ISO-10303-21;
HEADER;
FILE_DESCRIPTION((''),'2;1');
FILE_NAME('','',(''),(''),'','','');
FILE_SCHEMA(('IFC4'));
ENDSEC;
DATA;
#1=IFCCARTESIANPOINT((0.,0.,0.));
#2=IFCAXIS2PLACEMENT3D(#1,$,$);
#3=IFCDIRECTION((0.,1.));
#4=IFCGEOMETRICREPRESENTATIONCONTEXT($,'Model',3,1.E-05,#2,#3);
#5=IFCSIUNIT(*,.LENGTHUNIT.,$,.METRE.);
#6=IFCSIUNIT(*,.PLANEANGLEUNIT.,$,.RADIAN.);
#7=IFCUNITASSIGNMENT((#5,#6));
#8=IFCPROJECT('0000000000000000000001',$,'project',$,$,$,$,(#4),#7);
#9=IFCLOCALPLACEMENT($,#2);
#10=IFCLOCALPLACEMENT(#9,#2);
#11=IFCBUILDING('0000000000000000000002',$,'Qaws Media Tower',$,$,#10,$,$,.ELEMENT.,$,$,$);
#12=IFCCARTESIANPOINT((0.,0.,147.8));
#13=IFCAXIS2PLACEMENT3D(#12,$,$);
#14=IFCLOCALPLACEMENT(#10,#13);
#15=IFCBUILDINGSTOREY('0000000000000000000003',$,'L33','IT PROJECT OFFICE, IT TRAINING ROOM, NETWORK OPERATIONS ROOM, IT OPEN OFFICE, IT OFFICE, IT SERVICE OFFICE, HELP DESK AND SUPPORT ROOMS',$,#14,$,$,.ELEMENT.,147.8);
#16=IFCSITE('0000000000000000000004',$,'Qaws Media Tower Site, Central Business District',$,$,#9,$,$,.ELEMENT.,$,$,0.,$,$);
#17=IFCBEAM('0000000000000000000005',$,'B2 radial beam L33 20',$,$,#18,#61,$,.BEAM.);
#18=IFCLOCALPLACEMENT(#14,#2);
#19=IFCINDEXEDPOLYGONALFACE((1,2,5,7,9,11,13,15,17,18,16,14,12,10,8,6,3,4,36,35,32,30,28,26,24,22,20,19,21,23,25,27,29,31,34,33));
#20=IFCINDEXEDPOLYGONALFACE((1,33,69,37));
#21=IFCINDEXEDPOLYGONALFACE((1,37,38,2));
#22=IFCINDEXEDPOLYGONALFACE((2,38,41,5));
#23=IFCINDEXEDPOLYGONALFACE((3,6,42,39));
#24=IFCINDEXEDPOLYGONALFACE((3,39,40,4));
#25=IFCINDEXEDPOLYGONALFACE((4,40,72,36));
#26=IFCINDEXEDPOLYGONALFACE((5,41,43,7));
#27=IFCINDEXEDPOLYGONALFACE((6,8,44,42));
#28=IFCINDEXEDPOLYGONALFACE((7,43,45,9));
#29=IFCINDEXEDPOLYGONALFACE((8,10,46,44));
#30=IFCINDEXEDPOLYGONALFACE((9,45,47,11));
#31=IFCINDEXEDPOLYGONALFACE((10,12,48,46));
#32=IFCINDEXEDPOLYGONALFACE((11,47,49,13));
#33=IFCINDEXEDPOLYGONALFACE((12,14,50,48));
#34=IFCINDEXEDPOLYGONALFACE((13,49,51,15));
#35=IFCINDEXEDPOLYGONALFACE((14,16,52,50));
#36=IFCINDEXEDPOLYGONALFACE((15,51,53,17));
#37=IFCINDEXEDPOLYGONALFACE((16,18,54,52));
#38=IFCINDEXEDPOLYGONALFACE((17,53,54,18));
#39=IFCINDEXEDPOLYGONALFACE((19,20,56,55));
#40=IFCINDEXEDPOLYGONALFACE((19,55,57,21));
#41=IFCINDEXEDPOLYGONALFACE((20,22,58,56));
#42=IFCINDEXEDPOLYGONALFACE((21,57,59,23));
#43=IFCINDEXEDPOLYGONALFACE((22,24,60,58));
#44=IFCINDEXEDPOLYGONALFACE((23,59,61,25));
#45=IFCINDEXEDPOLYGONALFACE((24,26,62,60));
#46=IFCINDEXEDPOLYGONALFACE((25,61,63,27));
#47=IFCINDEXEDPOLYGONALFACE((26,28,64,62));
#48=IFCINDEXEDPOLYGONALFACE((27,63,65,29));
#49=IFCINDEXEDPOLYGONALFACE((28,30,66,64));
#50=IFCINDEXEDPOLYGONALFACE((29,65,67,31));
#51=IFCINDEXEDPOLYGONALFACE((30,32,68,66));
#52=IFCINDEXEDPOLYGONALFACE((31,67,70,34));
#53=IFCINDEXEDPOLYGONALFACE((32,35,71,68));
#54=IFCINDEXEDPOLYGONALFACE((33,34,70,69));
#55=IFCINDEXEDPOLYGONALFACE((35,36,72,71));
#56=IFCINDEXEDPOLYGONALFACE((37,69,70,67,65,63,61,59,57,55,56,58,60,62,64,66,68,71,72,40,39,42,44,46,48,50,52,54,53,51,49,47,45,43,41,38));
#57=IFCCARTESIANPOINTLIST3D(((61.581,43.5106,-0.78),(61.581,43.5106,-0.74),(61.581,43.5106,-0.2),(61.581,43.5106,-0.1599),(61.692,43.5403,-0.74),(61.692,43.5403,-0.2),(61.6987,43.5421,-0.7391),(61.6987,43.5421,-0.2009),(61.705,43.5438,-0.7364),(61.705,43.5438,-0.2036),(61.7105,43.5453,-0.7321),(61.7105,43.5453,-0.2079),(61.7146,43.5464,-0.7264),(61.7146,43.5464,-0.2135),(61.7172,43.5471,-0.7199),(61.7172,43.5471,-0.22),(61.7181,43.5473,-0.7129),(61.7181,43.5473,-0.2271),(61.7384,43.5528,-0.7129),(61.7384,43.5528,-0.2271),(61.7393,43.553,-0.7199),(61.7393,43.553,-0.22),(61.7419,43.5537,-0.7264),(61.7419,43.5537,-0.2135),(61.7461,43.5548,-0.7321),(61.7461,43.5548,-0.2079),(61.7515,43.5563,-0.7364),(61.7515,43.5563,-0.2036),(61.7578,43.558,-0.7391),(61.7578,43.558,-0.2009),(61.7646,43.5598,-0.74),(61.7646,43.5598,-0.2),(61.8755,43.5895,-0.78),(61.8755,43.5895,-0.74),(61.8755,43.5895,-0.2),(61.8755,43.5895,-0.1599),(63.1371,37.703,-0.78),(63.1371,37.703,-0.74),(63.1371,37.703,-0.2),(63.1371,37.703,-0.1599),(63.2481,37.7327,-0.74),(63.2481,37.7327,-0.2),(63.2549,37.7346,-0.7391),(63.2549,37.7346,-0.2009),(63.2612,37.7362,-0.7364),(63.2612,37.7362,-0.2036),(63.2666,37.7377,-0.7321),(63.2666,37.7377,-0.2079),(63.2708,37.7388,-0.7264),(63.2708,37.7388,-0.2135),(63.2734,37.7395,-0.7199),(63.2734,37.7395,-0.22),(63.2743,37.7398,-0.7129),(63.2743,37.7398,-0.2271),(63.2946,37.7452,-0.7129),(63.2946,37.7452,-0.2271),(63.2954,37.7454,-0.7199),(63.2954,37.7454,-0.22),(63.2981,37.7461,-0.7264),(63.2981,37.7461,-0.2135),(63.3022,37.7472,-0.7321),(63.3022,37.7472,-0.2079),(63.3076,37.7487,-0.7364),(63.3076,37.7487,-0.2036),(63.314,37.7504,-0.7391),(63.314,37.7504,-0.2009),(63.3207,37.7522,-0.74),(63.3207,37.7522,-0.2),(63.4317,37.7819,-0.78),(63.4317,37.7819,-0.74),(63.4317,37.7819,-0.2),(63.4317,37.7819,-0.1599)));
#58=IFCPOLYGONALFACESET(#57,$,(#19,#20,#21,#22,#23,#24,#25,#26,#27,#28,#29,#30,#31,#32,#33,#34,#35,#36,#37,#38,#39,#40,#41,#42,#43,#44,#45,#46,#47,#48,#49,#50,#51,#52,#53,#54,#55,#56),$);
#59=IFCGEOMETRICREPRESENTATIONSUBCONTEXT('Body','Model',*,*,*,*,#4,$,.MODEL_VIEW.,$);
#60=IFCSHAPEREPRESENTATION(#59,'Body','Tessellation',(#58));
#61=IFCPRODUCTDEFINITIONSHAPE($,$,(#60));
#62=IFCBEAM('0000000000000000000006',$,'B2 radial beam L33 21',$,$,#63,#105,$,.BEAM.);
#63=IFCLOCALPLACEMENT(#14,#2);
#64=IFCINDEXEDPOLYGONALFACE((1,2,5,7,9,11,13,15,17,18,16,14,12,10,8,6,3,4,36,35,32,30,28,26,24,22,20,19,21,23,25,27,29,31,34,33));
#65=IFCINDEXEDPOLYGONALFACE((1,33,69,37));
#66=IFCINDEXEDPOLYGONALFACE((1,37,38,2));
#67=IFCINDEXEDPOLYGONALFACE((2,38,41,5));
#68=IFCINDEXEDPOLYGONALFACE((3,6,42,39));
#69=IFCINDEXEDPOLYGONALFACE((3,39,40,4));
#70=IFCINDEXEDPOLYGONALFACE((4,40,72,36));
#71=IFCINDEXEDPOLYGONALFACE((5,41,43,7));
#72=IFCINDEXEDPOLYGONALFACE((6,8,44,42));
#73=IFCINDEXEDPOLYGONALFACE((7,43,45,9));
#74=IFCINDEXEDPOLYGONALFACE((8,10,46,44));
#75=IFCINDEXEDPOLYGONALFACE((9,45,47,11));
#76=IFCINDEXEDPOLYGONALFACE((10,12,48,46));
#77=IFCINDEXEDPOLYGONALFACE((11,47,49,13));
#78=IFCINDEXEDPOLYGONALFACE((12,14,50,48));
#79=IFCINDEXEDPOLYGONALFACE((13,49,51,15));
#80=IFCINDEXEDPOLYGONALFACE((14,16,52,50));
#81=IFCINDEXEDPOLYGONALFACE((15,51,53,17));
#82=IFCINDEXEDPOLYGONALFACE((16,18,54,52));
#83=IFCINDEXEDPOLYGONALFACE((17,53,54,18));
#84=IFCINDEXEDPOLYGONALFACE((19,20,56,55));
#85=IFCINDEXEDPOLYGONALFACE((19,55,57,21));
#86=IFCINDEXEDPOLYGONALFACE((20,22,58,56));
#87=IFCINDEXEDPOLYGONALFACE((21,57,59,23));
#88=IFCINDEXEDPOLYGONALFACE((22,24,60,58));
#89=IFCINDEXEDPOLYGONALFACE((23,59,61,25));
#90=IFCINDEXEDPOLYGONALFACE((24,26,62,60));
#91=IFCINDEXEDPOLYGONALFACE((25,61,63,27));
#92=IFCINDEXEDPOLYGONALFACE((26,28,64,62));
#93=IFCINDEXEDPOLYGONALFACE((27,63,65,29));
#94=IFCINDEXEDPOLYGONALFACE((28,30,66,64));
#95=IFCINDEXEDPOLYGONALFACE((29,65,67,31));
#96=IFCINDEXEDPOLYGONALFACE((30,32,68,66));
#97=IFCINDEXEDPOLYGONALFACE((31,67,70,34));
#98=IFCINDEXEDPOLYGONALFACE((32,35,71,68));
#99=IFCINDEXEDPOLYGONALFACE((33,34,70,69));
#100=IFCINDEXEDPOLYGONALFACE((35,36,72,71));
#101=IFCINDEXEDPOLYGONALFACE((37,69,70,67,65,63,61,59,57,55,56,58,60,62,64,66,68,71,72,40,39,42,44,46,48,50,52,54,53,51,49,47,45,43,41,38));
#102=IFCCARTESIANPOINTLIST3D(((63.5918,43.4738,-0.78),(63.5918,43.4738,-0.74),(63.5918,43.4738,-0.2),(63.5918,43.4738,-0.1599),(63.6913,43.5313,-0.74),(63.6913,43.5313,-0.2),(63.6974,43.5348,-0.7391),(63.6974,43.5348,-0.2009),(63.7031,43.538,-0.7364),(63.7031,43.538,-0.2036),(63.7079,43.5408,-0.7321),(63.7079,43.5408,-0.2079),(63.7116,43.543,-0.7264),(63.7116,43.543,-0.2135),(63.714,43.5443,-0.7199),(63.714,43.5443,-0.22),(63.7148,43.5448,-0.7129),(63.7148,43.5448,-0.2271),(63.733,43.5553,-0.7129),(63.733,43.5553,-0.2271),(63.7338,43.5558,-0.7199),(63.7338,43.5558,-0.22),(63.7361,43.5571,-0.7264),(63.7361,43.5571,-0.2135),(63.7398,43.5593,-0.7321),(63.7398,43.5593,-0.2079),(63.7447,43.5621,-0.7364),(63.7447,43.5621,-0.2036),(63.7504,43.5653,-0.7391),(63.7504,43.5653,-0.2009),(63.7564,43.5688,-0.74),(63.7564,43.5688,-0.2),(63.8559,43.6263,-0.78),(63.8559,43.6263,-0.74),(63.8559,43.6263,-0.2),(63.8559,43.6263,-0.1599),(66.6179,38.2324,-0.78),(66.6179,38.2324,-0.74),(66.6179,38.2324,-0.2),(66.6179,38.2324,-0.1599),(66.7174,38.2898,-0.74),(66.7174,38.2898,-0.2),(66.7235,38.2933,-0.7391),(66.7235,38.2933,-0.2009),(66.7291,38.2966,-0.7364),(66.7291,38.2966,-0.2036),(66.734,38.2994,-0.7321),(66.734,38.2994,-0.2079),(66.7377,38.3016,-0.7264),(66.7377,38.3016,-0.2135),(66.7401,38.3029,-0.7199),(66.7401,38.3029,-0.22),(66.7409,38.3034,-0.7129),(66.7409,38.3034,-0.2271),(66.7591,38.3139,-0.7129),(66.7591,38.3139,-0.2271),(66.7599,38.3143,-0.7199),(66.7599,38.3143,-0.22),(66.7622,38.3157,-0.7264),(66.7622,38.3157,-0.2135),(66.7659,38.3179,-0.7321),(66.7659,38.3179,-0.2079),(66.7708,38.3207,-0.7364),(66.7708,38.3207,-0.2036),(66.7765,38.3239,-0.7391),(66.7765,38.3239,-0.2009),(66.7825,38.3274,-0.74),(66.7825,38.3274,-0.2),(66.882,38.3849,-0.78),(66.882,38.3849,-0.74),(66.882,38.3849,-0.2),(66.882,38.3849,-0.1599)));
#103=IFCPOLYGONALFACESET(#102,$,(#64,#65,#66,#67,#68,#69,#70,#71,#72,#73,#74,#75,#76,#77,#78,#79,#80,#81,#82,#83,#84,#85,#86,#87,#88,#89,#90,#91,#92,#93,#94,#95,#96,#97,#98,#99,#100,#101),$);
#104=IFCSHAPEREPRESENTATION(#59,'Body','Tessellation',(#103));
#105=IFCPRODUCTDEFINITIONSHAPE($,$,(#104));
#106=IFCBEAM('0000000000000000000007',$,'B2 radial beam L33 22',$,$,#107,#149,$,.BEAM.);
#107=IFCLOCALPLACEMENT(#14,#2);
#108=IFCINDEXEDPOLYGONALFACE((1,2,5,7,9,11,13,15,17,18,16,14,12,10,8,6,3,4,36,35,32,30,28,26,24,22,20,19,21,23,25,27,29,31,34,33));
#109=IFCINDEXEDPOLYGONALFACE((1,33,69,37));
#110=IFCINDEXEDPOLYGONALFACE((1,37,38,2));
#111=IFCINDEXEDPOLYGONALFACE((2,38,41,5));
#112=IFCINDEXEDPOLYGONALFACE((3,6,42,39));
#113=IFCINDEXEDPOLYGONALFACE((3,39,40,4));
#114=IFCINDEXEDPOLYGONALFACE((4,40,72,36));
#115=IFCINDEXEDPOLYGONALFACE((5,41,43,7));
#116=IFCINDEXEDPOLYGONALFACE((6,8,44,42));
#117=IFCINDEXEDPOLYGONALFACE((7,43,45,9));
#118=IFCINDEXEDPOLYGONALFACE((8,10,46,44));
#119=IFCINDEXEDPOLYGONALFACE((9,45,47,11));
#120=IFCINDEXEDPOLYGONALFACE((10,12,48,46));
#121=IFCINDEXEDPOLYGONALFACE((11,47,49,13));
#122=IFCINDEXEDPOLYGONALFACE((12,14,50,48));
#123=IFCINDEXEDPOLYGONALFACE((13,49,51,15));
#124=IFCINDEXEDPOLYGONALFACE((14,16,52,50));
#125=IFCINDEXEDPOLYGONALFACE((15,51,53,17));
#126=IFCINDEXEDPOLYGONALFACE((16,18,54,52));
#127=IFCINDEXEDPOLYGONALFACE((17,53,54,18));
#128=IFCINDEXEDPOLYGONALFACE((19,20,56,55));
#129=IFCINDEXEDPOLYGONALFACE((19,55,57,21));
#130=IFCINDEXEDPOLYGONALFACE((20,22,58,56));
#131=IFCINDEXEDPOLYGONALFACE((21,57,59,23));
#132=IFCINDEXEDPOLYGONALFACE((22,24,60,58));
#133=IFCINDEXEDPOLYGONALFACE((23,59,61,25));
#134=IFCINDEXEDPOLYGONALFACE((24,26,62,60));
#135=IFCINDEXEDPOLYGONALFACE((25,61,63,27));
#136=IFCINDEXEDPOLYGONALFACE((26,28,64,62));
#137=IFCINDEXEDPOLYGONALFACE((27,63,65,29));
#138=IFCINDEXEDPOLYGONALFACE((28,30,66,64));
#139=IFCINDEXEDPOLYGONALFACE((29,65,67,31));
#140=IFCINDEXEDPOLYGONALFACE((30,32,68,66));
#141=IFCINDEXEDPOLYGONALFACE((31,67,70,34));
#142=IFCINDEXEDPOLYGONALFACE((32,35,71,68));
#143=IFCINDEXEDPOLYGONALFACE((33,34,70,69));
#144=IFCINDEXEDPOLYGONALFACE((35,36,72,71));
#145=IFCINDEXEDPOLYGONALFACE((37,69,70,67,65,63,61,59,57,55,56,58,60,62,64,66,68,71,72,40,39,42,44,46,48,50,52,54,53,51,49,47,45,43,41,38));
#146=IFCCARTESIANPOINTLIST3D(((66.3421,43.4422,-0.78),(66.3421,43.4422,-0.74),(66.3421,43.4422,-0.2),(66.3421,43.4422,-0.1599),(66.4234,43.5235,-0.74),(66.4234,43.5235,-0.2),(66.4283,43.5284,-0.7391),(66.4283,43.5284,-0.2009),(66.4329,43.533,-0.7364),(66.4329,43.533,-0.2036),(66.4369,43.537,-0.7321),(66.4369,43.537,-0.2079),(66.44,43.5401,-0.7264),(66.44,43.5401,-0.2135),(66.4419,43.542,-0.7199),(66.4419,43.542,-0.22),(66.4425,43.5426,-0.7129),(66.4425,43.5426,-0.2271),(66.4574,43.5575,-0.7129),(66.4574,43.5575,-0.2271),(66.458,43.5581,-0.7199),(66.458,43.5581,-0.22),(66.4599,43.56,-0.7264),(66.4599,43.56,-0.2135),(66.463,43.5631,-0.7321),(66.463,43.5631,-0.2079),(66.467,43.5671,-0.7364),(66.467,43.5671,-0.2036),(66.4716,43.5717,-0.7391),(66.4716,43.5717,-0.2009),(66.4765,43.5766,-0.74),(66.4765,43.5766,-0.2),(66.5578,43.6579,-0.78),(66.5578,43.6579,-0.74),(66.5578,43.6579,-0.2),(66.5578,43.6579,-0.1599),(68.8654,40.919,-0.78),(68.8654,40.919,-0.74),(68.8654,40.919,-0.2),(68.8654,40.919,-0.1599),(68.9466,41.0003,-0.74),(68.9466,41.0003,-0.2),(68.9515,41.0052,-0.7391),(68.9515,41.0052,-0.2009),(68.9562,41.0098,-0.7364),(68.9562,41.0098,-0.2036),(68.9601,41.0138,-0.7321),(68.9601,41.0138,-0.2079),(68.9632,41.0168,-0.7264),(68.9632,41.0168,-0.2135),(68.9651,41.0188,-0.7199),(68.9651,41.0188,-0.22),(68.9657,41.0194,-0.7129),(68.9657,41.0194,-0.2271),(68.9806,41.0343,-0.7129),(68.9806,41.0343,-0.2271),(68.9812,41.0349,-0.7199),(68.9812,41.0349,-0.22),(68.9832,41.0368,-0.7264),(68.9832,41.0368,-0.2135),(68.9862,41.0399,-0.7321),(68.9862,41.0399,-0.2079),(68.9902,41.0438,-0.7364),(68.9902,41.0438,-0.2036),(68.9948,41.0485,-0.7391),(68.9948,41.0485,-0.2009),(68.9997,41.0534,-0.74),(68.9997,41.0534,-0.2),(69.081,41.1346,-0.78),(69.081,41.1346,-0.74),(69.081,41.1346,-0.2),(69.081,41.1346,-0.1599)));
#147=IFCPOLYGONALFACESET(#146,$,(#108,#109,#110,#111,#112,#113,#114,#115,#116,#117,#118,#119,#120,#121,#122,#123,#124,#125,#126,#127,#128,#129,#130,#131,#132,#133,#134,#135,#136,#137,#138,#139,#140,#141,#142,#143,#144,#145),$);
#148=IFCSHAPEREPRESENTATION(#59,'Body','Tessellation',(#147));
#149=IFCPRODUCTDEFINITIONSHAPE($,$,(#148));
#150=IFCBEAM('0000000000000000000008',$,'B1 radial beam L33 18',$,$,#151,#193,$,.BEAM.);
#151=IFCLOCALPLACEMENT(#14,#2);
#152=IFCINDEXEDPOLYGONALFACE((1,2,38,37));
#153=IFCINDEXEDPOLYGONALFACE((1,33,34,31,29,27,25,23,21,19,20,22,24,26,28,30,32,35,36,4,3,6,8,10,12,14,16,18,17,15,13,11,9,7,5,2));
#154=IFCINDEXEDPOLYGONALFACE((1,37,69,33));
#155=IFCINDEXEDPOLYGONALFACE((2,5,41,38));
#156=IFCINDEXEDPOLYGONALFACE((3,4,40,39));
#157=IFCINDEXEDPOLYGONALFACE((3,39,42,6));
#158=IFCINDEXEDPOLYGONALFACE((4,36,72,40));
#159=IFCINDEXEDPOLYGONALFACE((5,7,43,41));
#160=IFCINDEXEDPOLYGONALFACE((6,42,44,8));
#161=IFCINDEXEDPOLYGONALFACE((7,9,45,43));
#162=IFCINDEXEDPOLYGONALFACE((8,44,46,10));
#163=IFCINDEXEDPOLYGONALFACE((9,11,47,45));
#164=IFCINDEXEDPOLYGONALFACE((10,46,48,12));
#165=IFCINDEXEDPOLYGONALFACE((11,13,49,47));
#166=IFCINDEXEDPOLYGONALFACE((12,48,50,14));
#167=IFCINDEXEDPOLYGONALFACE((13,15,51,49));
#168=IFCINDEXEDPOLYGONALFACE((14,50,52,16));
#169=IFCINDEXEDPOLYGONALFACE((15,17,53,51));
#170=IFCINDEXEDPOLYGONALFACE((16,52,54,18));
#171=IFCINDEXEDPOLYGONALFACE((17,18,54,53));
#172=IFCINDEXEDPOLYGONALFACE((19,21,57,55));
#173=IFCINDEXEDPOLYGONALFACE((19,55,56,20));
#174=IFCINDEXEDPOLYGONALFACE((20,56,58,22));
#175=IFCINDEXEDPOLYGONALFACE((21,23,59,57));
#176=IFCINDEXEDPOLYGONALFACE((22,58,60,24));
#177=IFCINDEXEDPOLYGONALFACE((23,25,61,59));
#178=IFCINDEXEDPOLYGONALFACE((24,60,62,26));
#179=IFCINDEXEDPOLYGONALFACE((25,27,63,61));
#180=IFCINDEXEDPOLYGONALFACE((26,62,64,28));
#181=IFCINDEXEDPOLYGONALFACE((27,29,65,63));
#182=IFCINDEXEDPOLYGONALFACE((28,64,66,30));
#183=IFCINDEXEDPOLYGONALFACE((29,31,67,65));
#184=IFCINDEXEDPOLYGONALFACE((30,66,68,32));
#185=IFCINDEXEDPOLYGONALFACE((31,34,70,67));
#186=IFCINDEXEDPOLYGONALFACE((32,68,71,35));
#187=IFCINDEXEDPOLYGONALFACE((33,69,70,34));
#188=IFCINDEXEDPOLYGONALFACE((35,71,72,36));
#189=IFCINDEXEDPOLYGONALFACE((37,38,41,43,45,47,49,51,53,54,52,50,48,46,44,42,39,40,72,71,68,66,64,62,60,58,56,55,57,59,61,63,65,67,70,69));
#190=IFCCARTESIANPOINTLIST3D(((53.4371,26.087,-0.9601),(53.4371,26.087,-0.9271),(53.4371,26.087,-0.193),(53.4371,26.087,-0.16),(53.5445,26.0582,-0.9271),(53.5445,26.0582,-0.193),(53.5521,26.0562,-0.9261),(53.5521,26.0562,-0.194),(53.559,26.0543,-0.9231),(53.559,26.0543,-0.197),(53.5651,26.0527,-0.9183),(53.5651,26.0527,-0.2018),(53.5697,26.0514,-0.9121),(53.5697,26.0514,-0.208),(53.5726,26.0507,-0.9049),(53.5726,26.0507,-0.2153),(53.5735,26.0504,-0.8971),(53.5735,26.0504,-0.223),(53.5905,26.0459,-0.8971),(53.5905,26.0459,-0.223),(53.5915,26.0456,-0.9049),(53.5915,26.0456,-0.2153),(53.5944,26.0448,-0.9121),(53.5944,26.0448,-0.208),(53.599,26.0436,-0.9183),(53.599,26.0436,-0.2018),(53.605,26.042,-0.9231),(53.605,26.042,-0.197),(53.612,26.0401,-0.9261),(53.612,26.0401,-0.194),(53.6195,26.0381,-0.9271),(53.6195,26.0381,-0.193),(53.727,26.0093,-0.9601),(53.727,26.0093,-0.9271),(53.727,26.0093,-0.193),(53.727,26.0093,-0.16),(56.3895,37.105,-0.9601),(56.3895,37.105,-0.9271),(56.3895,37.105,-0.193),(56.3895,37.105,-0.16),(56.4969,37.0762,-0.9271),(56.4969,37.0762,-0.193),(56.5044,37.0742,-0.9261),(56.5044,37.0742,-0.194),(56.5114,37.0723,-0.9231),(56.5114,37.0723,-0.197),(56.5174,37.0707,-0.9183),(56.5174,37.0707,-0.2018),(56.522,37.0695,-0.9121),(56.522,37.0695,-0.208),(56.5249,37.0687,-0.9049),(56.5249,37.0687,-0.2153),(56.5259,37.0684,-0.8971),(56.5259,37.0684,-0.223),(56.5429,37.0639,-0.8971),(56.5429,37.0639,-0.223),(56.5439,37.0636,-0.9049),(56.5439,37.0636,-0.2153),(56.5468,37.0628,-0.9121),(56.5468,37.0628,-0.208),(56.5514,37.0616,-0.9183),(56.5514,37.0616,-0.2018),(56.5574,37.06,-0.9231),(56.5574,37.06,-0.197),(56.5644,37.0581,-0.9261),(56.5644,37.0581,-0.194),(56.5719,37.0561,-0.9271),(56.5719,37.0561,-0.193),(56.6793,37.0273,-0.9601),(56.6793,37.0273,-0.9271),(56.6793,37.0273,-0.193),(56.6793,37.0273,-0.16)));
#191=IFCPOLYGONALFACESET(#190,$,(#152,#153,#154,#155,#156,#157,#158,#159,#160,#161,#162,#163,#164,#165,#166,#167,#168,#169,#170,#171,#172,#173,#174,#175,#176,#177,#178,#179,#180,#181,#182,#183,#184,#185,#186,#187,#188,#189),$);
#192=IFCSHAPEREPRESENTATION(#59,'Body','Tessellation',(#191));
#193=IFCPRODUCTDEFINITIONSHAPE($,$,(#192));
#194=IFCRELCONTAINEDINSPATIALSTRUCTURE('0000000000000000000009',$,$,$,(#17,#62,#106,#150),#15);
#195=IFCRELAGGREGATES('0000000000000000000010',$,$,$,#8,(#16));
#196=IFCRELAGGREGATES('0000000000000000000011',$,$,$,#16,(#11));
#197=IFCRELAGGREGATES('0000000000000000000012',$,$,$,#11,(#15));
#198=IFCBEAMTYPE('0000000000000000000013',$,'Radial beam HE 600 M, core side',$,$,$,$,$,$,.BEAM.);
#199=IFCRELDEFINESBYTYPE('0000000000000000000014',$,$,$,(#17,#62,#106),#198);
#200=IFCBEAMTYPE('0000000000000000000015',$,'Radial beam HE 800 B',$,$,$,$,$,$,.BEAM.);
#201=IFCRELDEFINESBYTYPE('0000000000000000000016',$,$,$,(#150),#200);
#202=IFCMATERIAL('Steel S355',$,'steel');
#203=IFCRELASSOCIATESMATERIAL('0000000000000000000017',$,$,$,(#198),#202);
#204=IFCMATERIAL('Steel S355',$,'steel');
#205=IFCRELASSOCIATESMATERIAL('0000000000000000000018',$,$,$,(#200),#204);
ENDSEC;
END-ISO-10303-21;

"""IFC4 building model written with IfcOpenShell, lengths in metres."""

from ifc_helpers import new_model, si_unit, direction, frame, origin, origin_2d, place, context, subcontext, project, spatial, i_section, extrude, material, material_profile, profile_set, type_object, element, save


model = new_model("IFC4")

# Units and contexts
model_context = context("Model", 3, precision=1e-05, world=origin(), true_north=direction((0.0, 1.0)))
body_context = subcontext(model_context, "Body", "Model", "MODEL_VIEW")
ifc_project = project(units=[si_unit("LENGTHUNIT", "METRE"), si_unit("PLANEANGLEUNIT", "RADIAN")], contexts=[model_context])

# Site, building, storey
site_placement = place(None, origin())
site = spatial("IfcSite", under=ifc_project, at=site_placement, Name="Qaws Media Tower Site, Central Business District", CompositionType="ELEMENT", RefElevation=0.0)
building_placement = place(site_placement, origin())
building = spatial("IfcBuilding", under=site, at=building_placement, Name="Qaws Media Tower", CompositionType="ELEMENT")
storey_placement = place(building_placement, frame((0.0, 0.0, 147.8)))
storey = spatial("IfcBuildingStorey", under=building, at=storey_placement, Name="L33", Description="IT PROJECT OFFICE, IT TRAINING ROOM, NETWORK OPERATIONS ROOM, IT OPEN OFFICE, IT OFFICE, IT SERVICE OFFICE, HELP DESK AND SUPPORT ROOMS", CompositionType="ELEMENT", Elevation=147.8)

# Beams
ifc_material_1 = material(Name="Steel S355", Category="steel")
ifc_material_profile_1 = material_profile(ifc_material_1, i_section(OverallWidth=0.3049, OverallDepth=0.6201, WebThickness=0.021, FlangeThickness=0.04, FilletRadius=0.0271, at=origin_2d()), Name="HE 600 M")
ifc_profile_set_1 = profile_set([ifc_material_profile_1], Name="Steel S355")
beam_type_1 = type_object("IfcBeamType", Name="Radial beam HE 600 M, core side", PredefinedType="BEAM", material=ifc_profile_set_1)
beam_1_placement = place(storey_placement, frame((61.7283, 43.55, -0.47), z_axis=(0.25882, -0.965926, 0.0), x_axis=(0.965926, 0.25882, 0.0)))
element("IfcBeam", 1, at=beam_1_placement, inside=storey, type_object=beam_type_1, Name="B2 radial beam L33 20", PredefinedType="BEAM", context=body_context, shape_type="SweptSolid", body=[
    extrude(i_section(OverallWidth=0.3049, OverallDepth=0.6201, WebThickness=0.021, FlangeThickness=0.04, FilletRadius=0.0271, at=origin_2d()), origin(), (0.0, 0.0, 1.0), 6.0125),
])
beam_2_placement = place(storey_placement, frame((63.7239, 43.55, -0.47), z_axis=(0.499996, -0.866028, 0.0), x_axis=(0.866028, 0.499996, 0.0)))
element("IfcBeam", 2, at=beam_2_placement, inside=storey, type_object=beam_type_1, Name="B2 radial beam L33 21", PredefinedType="BEAM", context=body_context, shape_type="SweptSolid", body=[
    extrude(i_section(OverallWidth=0.3049, OverallDepth=0.6201, WebThickness=0.021, FlangeThickness=0.04, FilletRadius=0.0271, at=origin_2d()), origin(), (0.0, 0.0, 1.0), 6.0522),
])
beam_3_placement = place(storey_placement, frame((66.45, 43.55, -0.47), z_axis=(0.707107, -0.707107, 0.0), x_axis=(0.707107, 0.707107, 0.0)))
element("IfcBeam", 3, at=beam_3_placement, inside=storey, type_object=beam_type_1, Name="B2 radial beam L33 22", PredefinedType="BEAM", context=body_context, shape_type="SweptSolid", body=[
    extrude(i_section(OverallWidth=0.3049, OverallDepth=0.6201, WebThickness=0.021, FlangeThickness=0.04, FilletRadius=0.0271, at=origin_2d()), origin(), (0.0, 0.0, 1.0), 3.5684),
])
ifc_material_2 = material(Name="Steel S355", Category="steel")
ifc_material_profile_2 = material_profile(ifc_material_2, i_section(OverallWidth=0.3, OverallDepth=0.8, WebThickness=0.0176, FlangeThickness=0.033, FilletRadius=0.03, at=origin_2d()), Name="HE 800 B")
ifc_profile_set_2 = profile_set([ifc_material_profile_2], Name="Steel S355")
beam_type_2 = type_object("IfcBeamType", Name="Radial beam HE 800 B", PredefinedType="BEAM", material=ifc_profile_set_2)
beam_4_placement = place(storey_placement, frame((56.5344, 37.0662, -0.5601), z_axis=(-0.258828, -0.965923, 0.0), x_axis=(0.965923, -0.258828, 0.0)))
element("IfcBeam", 4, at=beam_4_placement, inside=storey, type_object=beam_type_2, Name="B1 radial beam L33 18", PredefinedType="BEAM", context=body_context, shape_type="SweptSolid", body=[
    extrude(i_section(OverallWidth=0.3, OverallDepth=0.8, WebThickness=0.0176, FlangeThickness=0.033, FilletRadius=0.03, at=origin_2d()), origin(), (0.0, 0.0, 1.0), 11.4067),
])

save(model, "model.ifc")
